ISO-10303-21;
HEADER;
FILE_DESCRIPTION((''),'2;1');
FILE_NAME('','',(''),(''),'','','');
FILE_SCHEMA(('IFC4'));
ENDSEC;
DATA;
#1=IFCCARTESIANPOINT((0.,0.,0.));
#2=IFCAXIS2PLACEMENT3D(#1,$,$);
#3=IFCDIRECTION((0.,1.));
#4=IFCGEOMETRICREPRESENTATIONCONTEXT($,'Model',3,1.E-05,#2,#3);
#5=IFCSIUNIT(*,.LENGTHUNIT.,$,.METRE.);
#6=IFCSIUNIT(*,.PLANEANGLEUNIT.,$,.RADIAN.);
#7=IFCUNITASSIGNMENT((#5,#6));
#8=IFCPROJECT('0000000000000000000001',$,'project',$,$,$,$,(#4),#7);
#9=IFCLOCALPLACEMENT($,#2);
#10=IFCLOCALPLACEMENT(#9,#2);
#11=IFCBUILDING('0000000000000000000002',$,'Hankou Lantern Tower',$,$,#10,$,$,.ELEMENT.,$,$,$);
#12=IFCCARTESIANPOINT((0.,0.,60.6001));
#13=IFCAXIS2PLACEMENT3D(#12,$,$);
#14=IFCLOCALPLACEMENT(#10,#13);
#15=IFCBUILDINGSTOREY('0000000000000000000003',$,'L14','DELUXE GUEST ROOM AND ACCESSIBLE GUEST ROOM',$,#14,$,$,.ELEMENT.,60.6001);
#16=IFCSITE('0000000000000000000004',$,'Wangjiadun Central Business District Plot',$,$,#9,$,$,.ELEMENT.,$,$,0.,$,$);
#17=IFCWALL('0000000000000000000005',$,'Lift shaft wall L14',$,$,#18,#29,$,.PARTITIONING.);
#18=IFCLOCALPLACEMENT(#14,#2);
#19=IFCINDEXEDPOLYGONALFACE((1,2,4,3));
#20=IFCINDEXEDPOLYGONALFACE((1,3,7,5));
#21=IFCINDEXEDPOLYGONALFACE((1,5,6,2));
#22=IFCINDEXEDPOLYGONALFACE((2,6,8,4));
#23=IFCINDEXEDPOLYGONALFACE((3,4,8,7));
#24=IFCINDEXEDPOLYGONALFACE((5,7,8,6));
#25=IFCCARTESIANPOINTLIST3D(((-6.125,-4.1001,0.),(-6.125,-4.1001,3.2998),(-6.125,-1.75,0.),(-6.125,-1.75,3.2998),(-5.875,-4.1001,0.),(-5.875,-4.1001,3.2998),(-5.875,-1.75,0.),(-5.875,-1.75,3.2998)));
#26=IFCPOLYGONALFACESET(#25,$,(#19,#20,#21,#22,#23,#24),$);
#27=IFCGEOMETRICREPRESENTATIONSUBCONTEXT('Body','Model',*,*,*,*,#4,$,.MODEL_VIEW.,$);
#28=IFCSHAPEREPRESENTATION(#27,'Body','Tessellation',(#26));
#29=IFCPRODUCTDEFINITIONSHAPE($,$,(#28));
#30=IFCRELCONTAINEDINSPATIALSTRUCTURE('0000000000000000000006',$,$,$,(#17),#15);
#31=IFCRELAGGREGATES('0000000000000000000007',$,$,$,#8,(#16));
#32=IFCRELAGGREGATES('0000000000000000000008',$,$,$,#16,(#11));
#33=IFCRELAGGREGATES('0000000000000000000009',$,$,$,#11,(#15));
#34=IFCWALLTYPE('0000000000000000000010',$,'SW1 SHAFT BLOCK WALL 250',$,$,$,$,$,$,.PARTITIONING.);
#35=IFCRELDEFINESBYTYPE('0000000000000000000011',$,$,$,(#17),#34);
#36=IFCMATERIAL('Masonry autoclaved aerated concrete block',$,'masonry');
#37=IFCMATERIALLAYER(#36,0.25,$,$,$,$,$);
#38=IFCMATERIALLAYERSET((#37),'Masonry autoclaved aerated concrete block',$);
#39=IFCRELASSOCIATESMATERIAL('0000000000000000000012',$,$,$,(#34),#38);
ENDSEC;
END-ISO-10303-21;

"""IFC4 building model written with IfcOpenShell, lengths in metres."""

from ifc_helpers import new_model, si_unit, direction, frame, frame_2d, origin, place, context, subcontext, project, spatial, rectangle, extrude, material, layer, layer_set, type_object, element, save


model = new_model("IFC4")

# Units and contexts
model_context = context("Model", 3, precision=1e-05, world=origin(), true_north=direction((0.0, 1.0)))
body_context = subcontext(model_context, "Body", "Model", "MODEL_VIEW")
ifc_project = project(units=[si_unit("LENGTHUNIT", "METRE"), si_unit("PLANEANGLEUNIT", "RADIAN")], contexts=[model_context])

# Site, building, storey
site_placement = place(None, origin())
site = spatial("IfcSite", under=ifc_project, at=site_placement, Name="Wangjiadun Central Business District Plot", CompositionType="ELEMENT", RefElevation=0.0)
building_placement = place(site_placement, origin())
building = spatial("IfcBuilding", under=site, at=building_placement, Name="Hankou Lantern Tower", CompositionType="ELEMENT")
storey_placement = place(building_placement, frame((0.0, 0.0, 60.6001)))
storey = spatial("IfcBuildingStorey", under=building, at=storey_placement, Name="L14", Description="DELUXE GUEST ROOM AND ACCESSIBLE GUEST ROOM", CompositionType="ELEMENT", Elevation=60.6001)

# Wall
ifc_material_1 = material(Name="Masonry autoclaved aerated concrete block", Category="masonry")
ifc_layer_1 = layer(ifc_material_1, 0.25)
ifc_layer_set_1 = layer_set([ifc_layer_1], Name="Masonry autoclaved aerated concrete block")
wall_type_1 = type_object("IfcWallType", Name="SW1 SHAFT BLOCK WALL 250", PredefinedType="PARTITIONING", material=ifc_layer_set_1)
wall_1_placement = place(storey_placement, frame((-6.0, -4.1001, 0.0), z_axis=(0.0, 0.0, 1.0), x_axis=(0.0, 1.0, 0.0)))
element("IfcWall", 1, at=wall_1_placement, inside=storey, type_object=wall_type_1, Name="Lift shaft wall L14", PredefinedType="PARTITIONING", context=body_context, shape_type="SweptSolid", body=[
    extrude(rectangle(XDim=2.3501, YDim=0.25, at=frame_2d((1.175, 0.0))), origin(), (0.0, 0.0, 1.0), 3.2998),
])

save(model, "model.ifc")
